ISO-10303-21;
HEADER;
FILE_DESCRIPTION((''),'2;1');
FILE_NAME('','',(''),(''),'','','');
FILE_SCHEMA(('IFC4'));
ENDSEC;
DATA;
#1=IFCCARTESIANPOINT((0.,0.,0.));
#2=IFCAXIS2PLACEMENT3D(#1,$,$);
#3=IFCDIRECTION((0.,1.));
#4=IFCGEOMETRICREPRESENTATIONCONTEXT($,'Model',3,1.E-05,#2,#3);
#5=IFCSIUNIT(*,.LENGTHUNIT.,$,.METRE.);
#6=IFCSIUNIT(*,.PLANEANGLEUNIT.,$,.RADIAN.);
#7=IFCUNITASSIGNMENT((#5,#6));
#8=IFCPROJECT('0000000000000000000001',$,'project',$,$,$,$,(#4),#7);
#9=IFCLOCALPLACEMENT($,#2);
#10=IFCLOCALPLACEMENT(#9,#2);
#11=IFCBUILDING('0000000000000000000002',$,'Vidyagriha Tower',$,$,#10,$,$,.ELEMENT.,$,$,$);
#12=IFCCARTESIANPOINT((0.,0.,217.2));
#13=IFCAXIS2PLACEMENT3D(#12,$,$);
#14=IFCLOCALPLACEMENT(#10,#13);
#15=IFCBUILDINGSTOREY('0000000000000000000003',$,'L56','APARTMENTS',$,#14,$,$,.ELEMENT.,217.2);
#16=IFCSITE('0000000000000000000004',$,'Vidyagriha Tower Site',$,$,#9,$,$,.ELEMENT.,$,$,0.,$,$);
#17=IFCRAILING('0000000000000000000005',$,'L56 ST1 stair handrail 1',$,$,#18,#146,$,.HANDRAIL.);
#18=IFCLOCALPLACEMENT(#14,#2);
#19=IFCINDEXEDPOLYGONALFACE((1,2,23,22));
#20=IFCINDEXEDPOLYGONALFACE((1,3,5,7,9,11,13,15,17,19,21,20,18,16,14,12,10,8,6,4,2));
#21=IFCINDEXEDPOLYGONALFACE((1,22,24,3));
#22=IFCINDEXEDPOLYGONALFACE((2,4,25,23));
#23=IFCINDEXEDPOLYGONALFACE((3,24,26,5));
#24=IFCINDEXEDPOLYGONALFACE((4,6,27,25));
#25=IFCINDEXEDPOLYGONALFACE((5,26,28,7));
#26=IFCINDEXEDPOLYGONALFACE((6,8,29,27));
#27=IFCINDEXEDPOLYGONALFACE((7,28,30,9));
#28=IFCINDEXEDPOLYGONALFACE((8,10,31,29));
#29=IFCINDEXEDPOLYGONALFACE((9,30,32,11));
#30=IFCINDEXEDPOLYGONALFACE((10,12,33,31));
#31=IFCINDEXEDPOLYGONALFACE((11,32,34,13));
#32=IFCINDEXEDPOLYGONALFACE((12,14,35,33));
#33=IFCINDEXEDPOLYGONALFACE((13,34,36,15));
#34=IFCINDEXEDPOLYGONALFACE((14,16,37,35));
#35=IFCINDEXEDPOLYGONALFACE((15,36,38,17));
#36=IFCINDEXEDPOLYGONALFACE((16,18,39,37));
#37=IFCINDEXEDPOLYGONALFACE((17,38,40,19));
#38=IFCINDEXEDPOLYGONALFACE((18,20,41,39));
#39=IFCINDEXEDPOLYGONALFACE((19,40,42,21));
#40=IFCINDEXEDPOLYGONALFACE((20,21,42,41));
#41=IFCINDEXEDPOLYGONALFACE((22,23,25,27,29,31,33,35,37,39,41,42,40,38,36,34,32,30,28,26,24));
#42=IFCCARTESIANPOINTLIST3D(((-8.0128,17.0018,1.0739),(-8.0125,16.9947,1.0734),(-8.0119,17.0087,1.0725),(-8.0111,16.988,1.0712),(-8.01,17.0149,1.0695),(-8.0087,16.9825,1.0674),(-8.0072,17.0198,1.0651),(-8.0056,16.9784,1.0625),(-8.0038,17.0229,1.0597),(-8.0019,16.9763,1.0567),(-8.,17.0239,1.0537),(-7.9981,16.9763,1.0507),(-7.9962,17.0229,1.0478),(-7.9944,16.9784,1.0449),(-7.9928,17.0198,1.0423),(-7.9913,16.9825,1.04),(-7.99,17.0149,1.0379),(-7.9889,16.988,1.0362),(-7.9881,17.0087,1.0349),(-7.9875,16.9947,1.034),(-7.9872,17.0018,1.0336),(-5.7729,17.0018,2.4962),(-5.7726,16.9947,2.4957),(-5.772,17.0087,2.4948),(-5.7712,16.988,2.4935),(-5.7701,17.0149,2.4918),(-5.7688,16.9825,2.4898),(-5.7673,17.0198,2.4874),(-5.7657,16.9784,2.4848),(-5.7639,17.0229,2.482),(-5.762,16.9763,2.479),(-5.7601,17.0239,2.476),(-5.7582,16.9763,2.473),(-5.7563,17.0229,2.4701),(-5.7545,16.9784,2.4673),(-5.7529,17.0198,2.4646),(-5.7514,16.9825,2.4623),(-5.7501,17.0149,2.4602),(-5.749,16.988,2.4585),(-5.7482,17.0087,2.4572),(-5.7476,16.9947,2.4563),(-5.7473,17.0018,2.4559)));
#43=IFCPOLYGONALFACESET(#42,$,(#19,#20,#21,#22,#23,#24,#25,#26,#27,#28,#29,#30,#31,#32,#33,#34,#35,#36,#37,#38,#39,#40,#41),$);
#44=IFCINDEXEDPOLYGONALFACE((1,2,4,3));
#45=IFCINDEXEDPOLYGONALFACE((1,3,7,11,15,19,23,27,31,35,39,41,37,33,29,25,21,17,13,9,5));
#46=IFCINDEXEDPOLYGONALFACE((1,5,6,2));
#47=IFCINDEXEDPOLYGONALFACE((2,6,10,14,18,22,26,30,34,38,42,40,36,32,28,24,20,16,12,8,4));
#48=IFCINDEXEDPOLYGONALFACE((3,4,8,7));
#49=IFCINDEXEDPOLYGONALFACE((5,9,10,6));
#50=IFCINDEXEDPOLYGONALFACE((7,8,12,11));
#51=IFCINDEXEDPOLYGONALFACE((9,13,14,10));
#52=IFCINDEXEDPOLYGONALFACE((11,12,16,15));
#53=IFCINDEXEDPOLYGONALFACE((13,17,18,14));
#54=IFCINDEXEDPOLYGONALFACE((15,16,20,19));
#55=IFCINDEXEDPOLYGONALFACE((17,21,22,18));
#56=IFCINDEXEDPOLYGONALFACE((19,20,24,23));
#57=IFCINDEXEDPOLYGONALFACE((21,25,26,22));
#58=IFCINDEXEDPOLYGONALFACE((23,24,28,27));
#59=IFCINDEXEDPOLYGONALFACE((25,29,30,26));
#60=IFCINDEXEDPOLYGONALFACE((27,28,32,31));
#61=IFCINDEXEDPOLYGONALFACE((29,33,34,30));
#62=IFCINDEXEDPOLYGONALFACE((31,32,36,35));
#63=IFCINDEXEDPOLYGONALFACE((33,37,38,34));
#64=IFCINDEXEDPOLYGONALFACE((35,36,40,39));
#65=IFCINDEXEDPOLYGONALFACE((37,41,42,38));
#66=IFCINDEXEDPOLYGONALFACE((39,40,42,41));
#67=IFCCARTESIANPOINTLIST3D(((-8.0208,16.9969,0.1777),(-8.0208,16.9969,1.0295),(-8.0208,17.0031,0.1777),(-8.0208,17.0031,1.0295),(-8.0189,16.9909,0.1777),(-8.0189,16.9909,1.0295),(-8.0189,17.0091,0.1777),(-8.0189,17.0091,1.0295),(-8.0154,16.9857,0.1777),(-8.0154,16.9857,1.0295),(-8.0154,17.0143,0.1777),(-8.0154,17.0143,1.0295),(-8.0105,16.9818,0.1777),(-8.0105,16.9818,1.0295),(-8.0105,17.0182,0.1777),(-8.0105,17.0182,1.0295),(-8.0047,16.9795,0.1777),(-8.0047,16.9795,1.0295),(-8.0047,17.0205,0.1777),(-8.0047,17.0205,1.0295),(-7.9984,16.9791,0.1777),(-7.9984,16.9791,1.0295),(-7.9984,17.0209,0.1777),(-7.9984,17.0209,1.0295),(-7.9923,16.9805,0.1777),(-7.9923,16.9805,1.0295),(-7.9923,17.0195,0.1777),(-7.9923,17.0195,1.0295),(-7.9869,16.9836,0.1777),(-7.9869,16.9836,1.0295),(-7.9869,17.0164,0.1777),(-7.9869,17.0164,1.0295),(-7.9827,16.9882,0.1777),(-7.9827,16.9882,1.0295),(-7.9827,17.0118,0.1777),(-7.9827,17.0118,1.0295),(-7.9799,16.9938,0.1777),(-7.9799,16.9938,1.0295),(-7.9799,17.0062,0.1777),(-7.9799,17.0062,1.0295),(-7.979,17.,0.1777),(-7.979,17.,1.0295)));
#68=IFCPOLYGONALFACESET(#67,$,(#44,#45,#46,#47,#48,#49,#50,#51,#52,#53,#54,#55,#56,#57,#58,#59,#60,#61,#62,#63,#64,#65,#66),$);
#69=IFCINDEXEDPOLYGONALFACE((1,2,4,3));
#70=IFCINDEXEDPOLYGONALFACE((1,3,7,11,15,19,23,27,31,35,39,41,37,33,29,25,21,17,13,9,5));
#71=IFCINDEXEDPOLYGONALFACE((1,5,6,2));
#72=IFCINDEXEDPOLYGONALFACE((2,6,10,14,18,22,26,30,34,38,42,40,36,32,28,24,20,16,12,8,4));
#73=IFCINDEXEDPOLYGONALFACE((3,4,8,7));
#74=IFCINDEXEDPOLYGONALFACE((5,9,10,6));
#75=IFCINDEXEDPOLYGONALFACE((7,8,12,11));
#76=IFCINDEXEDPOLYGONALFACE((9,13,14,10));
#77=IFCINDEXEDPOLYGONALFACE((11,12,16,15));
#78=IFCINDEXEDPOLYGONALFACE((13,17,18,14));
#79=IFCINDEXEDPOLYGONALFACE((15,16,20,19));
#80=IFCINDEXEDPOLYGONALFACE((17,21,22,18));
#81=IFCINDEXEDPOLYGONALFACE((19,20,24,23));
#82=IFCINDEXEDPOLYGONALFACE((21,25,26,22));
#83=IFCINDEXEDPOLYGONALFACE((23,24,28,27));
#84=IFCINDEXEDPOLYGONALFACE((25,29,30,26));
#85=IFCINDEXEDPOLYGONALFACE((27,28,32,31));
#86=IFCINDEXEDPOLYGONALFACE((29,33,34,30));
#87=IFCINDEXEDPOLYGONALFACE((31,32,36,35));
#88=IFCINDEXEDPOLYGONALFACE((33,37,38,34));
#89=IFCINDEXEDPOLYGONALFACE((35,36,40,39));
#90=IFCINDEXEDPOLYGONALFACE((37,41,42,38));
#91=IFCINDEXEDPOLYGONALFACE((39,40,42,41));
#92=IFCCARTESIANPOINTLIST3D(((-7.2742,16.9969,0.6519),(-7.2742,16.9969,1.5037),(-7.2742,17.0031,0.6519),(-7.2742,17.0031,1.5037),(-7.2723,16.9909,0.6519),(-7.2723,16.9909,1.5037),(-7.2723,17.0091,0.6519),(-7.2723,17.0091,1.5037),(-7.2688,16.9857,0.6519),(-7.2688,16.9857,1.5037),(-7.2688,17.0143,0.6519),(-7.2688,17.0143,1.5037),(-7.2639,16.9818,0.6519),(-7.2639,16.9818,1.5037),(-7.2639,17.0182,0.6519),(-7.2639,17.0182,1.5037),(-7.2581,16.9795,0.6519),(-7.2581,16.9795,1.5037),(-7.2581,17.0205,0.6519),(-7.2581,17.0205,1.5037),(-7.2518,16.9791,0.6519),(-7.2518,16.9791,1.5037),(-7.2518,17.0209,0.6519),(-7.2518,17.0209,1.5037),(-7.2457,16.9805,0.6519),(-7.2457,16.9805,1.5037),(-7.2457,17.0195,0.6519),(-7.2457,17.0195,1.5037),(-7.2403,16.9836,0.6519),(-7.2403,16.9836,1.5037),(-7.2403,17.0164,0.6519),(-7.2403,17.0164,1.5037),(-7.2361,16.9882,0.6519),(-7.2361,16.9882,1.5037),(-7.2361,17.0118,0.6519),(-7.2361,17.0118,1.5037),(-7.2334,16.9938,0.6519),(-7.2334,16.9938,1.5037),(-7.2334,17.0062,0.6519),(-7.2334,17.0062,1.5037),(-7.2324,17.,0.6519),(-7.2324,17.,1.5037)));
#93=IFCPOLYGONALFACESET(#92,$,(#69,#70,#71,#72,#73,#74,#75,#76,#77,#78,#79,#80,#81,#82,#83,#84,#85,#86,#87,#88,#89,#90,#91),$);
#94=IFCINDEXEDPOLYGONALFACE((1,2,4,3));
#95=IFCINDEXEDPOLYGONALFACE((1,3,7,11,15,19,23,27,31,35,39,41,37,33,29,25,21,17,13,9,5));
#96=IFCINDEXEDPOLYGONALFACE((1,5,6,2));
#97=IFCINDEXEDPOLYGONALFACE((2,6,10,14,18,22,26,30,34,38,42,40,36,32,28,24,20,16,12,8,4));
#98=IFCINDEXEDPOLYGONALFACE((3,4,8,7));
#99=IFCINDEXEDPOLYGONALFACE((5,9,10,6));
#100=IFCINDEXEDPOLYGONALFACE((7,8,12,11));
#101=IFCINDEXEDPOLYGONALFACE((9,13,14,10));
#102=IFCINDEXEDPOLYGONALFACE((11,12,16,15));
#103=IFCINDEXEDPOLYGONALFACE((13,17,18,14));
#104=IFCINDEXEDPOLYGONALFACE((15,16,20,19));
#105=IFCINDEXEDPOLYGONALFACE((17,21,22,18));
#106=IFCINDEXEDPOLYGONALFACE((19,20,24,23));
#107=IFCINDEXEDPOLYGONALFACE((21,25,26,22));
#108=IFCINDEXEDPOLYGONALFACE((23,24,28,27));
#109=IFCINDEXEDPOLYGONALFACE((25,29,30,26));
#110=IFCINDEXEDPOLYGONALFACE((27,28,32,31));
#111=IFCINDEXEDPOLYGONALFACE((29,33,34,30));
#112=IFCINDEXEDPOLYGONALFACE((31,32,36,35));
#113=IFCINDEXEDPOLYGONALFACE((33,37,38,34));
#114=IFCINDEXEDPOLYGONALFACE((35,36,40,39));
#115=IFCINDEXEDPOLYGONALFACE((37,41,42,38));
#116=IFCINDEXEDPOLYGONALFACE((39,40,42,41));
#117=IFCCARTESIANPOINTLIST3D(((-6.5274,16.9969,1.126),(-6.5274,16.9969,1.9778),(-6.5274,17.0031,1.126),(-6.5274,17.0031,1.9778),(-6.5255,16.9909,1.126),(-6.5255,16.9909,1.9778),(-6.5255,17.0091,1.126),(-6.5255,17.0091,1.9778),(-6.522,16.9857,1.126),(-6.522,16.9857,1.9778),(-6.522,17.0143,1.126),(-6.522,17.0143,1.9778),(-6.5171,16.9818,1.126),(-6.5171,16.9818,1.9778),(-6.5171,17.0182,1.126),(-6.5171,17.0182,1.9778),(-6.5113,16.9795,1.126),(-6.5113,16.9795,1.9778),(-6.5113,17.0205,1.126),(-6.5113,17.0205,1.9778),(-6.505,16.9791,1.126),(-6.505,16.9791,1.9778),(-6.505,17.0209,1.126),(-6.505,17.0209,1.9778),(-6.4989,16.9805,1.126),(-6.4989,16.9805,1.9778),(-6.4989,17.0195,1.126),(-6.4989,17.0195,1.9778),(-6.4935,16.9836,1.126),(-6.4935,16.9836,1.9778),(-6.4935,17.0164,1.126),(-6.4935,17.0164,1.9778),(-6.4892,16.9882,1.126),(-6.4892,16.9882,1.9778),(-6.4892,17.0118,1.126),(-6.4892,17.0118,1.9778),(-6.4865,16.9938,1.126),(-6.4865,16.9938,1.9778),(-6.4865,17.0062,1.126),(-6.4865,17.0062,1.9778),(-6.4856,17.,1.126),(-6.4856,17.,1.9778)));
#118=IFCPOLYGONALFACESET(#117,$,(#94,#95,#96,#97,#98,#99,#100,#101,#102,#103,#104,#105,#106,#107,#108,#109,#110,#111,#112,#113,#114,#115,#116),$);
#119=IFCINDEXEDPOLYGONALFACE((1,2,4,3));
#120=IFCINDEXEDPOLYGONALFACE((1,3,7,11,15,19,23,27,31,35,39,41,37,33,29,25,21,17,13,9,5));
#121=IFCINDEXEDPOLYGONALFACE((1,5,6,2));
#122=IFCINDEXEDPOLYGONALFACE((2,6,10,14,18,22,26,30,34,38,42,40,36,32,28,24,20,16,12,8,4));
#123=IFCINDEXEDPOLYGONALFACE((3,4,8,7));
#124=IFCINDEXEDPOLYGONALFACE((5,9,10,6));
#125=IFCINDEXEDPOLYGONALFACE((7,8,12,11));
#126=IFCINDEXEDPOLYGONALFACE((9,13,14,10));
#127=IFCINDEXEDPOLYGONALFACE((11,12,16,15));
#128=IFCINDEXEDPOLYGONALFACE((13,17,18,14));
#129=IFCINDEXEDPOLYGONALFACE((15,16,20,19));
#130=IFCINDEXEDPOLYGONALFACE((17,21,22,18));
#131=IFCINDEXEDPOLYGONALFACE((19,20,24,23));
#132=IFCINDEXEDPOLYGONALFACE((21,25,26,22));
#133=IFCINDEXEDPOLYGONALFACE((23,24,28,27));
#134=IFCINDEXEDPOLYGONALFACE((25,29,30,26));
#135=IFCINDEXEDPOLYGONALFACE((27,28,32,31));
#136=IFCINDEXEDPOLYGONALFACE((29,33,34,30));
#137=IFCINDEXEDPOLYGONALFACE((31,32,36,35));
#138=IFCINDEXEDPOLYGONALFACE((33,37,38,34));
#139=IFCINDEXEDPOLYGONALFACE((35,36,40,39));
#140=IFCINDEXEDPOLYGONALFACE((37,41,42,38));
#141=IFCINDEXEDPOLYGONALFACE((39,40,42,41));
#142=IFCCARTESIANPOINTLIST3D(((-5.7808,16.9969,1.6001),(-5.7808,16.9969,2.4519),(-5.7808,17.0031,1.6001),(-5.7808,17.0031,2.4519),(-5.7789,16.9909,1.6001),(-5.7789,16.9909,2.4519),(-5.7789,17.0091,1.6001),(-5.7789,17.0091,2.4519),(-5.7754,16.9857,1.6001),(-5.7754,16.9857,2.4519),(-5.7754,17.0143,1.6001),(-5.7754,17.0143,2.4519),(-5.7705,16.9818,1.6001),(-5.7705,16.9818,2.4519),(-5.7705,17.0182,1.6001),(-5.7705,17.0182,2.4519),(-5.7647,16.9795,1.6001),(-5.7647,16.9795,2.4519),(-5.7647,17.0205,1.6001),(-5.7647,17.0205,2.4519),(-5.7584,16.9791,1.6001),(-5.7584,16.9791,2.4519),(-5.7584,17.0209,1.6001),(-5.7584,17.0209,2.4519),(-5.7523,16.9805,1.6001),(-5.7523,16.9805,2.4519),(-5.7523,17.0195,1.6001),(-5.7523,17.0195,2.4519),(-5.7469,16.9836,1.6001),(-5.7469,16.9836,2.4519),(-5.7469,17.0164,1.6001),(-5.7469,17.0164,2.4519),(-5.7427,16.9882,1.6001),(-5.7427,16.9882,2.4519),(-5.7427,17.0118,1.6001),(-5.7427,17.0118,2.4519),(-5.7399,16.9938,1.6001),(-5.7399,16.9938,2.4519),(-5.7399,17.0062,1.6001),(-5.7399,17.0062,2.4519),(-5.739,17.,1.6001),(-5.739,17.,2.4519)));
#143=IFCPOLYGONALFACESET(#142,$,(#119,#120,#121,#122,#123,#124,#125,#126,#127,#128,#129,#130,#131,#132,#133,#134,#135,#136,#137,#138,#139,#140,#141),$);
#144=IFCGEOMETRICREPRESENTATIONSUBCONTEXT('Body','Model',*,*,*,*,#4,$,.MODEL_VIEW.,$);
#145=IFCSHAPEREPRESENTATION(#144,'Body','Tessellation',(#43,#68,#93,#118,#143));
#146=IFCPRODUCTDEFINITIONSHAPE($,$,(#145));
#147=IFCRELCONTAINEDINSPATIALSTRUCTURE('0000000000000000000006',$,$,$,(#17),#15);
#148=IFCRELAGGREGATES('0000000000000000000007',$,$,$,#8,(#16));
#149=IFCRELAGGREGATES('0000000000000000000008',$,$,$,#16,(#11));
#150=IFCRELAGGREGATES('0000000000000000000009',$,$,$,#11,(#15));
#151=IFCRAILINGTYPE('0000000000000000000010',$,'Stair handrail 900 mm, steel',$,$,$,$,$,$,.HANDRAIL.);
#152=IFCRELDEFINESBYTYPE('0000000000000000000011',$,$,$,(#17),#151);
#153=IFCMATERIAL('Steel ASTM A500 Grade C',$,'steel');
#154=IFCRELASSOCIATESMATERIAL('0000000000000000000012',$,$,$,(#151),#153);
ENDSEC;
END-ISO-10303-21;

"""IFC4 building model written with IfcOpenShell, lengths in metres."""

from ifc_helpers import new_model, si_unit, direction, frame, origin, origin_2d, place, context, subcontext, project, spatial, circle, extrude, material, type_object, element, save


model = new_model("IFC4")

# Units and contexts
model_context = context("Model", 3, precision=1e-05, world=origin(), true_north=direction((0.0, 1.0)))
body_context = subcontext(model_context, "Body", "Model", "MODEL_VIEW")
ifc_project = project(units=[si_unit("LENGTHUNIT", "METRE"), si_unit("PLANEANGLEUNIT", "RADIAN")], contexts=[model_context])

# Site, building, storey
site_placement = place(None, origin())
site = spatial("IfcSite", under=ifc_project, at=site_placement, Name="Vidyagriha Tower Site", CompositionType="ELEMENT", RefElevation=0.0)
building_placement = place(site_placement, origin())
building = spatial("IfcBuilding", under=site, at=building_placement, Name="Vidyagriha Tower", CompositionType="ELEMENT")
storey_placement = place(building_placement, frame((0.0, 0.0, 217.2)))
storey = spatial("IfcBuildingStorey", under=building, at=storey_placement, Name="L56", Description="APARTMENTS", CompositionType="ELEMENT", Elevation=217.2)

# Railing
ifc_material_1 = material(Name="Steel ASTM A500 Grade C", Category="steel")
railing_type_1 = type_object("IfcRailingType", Name="Stair handrail 900 mm, steel", PredefinedType="HANDRAIL", material=ifc_material_1)
railing_1_placement = place(storey_placement, frame((-8.0, 17.0, 0.1777)))
element("IfcRailing", 1, at=railing_1_placement, inside=storey, type_object=railing_type_1, Name="L56 ST1 stair handrail 1", PredefinedType="HANDRAIL", context=body_context, shape_type="SweptSolid", body=[
    extrude(circle(Radius=0.0239, at=origin_2d()), frame((0.0, 0.0, 0.876), z_axis=(0.844188, 0.0, 0.536048), x_axis=(0.0, 1.0, 0.0)), (0.0, 0.0, 1.0), 2.6533),
    extrude(circle(Radius=0.021, at=origin_2d()), origin(), (0.0, 0.0, 1.0), 0.8518),
    extrude(circle(Radius=0.021, at=origin_2d()), frame((0.7466, 0.0, 0.4741)), (0.0, 0.0, 1.0), 0.8518),
    extrude(circle(Radius=0.021, at=origin_2d()), frame((1.4934, 0.0, 0.9482)), (0.0, 0.0, 1.0), 0.8518),
    extrude(circle(Radius=0.021, at=origin_2d()), frame((2.24, 0.0, 1.4224)), (0.0, 0.0, 1.0), 0.8518),
])

save(model, "model.ifc")
